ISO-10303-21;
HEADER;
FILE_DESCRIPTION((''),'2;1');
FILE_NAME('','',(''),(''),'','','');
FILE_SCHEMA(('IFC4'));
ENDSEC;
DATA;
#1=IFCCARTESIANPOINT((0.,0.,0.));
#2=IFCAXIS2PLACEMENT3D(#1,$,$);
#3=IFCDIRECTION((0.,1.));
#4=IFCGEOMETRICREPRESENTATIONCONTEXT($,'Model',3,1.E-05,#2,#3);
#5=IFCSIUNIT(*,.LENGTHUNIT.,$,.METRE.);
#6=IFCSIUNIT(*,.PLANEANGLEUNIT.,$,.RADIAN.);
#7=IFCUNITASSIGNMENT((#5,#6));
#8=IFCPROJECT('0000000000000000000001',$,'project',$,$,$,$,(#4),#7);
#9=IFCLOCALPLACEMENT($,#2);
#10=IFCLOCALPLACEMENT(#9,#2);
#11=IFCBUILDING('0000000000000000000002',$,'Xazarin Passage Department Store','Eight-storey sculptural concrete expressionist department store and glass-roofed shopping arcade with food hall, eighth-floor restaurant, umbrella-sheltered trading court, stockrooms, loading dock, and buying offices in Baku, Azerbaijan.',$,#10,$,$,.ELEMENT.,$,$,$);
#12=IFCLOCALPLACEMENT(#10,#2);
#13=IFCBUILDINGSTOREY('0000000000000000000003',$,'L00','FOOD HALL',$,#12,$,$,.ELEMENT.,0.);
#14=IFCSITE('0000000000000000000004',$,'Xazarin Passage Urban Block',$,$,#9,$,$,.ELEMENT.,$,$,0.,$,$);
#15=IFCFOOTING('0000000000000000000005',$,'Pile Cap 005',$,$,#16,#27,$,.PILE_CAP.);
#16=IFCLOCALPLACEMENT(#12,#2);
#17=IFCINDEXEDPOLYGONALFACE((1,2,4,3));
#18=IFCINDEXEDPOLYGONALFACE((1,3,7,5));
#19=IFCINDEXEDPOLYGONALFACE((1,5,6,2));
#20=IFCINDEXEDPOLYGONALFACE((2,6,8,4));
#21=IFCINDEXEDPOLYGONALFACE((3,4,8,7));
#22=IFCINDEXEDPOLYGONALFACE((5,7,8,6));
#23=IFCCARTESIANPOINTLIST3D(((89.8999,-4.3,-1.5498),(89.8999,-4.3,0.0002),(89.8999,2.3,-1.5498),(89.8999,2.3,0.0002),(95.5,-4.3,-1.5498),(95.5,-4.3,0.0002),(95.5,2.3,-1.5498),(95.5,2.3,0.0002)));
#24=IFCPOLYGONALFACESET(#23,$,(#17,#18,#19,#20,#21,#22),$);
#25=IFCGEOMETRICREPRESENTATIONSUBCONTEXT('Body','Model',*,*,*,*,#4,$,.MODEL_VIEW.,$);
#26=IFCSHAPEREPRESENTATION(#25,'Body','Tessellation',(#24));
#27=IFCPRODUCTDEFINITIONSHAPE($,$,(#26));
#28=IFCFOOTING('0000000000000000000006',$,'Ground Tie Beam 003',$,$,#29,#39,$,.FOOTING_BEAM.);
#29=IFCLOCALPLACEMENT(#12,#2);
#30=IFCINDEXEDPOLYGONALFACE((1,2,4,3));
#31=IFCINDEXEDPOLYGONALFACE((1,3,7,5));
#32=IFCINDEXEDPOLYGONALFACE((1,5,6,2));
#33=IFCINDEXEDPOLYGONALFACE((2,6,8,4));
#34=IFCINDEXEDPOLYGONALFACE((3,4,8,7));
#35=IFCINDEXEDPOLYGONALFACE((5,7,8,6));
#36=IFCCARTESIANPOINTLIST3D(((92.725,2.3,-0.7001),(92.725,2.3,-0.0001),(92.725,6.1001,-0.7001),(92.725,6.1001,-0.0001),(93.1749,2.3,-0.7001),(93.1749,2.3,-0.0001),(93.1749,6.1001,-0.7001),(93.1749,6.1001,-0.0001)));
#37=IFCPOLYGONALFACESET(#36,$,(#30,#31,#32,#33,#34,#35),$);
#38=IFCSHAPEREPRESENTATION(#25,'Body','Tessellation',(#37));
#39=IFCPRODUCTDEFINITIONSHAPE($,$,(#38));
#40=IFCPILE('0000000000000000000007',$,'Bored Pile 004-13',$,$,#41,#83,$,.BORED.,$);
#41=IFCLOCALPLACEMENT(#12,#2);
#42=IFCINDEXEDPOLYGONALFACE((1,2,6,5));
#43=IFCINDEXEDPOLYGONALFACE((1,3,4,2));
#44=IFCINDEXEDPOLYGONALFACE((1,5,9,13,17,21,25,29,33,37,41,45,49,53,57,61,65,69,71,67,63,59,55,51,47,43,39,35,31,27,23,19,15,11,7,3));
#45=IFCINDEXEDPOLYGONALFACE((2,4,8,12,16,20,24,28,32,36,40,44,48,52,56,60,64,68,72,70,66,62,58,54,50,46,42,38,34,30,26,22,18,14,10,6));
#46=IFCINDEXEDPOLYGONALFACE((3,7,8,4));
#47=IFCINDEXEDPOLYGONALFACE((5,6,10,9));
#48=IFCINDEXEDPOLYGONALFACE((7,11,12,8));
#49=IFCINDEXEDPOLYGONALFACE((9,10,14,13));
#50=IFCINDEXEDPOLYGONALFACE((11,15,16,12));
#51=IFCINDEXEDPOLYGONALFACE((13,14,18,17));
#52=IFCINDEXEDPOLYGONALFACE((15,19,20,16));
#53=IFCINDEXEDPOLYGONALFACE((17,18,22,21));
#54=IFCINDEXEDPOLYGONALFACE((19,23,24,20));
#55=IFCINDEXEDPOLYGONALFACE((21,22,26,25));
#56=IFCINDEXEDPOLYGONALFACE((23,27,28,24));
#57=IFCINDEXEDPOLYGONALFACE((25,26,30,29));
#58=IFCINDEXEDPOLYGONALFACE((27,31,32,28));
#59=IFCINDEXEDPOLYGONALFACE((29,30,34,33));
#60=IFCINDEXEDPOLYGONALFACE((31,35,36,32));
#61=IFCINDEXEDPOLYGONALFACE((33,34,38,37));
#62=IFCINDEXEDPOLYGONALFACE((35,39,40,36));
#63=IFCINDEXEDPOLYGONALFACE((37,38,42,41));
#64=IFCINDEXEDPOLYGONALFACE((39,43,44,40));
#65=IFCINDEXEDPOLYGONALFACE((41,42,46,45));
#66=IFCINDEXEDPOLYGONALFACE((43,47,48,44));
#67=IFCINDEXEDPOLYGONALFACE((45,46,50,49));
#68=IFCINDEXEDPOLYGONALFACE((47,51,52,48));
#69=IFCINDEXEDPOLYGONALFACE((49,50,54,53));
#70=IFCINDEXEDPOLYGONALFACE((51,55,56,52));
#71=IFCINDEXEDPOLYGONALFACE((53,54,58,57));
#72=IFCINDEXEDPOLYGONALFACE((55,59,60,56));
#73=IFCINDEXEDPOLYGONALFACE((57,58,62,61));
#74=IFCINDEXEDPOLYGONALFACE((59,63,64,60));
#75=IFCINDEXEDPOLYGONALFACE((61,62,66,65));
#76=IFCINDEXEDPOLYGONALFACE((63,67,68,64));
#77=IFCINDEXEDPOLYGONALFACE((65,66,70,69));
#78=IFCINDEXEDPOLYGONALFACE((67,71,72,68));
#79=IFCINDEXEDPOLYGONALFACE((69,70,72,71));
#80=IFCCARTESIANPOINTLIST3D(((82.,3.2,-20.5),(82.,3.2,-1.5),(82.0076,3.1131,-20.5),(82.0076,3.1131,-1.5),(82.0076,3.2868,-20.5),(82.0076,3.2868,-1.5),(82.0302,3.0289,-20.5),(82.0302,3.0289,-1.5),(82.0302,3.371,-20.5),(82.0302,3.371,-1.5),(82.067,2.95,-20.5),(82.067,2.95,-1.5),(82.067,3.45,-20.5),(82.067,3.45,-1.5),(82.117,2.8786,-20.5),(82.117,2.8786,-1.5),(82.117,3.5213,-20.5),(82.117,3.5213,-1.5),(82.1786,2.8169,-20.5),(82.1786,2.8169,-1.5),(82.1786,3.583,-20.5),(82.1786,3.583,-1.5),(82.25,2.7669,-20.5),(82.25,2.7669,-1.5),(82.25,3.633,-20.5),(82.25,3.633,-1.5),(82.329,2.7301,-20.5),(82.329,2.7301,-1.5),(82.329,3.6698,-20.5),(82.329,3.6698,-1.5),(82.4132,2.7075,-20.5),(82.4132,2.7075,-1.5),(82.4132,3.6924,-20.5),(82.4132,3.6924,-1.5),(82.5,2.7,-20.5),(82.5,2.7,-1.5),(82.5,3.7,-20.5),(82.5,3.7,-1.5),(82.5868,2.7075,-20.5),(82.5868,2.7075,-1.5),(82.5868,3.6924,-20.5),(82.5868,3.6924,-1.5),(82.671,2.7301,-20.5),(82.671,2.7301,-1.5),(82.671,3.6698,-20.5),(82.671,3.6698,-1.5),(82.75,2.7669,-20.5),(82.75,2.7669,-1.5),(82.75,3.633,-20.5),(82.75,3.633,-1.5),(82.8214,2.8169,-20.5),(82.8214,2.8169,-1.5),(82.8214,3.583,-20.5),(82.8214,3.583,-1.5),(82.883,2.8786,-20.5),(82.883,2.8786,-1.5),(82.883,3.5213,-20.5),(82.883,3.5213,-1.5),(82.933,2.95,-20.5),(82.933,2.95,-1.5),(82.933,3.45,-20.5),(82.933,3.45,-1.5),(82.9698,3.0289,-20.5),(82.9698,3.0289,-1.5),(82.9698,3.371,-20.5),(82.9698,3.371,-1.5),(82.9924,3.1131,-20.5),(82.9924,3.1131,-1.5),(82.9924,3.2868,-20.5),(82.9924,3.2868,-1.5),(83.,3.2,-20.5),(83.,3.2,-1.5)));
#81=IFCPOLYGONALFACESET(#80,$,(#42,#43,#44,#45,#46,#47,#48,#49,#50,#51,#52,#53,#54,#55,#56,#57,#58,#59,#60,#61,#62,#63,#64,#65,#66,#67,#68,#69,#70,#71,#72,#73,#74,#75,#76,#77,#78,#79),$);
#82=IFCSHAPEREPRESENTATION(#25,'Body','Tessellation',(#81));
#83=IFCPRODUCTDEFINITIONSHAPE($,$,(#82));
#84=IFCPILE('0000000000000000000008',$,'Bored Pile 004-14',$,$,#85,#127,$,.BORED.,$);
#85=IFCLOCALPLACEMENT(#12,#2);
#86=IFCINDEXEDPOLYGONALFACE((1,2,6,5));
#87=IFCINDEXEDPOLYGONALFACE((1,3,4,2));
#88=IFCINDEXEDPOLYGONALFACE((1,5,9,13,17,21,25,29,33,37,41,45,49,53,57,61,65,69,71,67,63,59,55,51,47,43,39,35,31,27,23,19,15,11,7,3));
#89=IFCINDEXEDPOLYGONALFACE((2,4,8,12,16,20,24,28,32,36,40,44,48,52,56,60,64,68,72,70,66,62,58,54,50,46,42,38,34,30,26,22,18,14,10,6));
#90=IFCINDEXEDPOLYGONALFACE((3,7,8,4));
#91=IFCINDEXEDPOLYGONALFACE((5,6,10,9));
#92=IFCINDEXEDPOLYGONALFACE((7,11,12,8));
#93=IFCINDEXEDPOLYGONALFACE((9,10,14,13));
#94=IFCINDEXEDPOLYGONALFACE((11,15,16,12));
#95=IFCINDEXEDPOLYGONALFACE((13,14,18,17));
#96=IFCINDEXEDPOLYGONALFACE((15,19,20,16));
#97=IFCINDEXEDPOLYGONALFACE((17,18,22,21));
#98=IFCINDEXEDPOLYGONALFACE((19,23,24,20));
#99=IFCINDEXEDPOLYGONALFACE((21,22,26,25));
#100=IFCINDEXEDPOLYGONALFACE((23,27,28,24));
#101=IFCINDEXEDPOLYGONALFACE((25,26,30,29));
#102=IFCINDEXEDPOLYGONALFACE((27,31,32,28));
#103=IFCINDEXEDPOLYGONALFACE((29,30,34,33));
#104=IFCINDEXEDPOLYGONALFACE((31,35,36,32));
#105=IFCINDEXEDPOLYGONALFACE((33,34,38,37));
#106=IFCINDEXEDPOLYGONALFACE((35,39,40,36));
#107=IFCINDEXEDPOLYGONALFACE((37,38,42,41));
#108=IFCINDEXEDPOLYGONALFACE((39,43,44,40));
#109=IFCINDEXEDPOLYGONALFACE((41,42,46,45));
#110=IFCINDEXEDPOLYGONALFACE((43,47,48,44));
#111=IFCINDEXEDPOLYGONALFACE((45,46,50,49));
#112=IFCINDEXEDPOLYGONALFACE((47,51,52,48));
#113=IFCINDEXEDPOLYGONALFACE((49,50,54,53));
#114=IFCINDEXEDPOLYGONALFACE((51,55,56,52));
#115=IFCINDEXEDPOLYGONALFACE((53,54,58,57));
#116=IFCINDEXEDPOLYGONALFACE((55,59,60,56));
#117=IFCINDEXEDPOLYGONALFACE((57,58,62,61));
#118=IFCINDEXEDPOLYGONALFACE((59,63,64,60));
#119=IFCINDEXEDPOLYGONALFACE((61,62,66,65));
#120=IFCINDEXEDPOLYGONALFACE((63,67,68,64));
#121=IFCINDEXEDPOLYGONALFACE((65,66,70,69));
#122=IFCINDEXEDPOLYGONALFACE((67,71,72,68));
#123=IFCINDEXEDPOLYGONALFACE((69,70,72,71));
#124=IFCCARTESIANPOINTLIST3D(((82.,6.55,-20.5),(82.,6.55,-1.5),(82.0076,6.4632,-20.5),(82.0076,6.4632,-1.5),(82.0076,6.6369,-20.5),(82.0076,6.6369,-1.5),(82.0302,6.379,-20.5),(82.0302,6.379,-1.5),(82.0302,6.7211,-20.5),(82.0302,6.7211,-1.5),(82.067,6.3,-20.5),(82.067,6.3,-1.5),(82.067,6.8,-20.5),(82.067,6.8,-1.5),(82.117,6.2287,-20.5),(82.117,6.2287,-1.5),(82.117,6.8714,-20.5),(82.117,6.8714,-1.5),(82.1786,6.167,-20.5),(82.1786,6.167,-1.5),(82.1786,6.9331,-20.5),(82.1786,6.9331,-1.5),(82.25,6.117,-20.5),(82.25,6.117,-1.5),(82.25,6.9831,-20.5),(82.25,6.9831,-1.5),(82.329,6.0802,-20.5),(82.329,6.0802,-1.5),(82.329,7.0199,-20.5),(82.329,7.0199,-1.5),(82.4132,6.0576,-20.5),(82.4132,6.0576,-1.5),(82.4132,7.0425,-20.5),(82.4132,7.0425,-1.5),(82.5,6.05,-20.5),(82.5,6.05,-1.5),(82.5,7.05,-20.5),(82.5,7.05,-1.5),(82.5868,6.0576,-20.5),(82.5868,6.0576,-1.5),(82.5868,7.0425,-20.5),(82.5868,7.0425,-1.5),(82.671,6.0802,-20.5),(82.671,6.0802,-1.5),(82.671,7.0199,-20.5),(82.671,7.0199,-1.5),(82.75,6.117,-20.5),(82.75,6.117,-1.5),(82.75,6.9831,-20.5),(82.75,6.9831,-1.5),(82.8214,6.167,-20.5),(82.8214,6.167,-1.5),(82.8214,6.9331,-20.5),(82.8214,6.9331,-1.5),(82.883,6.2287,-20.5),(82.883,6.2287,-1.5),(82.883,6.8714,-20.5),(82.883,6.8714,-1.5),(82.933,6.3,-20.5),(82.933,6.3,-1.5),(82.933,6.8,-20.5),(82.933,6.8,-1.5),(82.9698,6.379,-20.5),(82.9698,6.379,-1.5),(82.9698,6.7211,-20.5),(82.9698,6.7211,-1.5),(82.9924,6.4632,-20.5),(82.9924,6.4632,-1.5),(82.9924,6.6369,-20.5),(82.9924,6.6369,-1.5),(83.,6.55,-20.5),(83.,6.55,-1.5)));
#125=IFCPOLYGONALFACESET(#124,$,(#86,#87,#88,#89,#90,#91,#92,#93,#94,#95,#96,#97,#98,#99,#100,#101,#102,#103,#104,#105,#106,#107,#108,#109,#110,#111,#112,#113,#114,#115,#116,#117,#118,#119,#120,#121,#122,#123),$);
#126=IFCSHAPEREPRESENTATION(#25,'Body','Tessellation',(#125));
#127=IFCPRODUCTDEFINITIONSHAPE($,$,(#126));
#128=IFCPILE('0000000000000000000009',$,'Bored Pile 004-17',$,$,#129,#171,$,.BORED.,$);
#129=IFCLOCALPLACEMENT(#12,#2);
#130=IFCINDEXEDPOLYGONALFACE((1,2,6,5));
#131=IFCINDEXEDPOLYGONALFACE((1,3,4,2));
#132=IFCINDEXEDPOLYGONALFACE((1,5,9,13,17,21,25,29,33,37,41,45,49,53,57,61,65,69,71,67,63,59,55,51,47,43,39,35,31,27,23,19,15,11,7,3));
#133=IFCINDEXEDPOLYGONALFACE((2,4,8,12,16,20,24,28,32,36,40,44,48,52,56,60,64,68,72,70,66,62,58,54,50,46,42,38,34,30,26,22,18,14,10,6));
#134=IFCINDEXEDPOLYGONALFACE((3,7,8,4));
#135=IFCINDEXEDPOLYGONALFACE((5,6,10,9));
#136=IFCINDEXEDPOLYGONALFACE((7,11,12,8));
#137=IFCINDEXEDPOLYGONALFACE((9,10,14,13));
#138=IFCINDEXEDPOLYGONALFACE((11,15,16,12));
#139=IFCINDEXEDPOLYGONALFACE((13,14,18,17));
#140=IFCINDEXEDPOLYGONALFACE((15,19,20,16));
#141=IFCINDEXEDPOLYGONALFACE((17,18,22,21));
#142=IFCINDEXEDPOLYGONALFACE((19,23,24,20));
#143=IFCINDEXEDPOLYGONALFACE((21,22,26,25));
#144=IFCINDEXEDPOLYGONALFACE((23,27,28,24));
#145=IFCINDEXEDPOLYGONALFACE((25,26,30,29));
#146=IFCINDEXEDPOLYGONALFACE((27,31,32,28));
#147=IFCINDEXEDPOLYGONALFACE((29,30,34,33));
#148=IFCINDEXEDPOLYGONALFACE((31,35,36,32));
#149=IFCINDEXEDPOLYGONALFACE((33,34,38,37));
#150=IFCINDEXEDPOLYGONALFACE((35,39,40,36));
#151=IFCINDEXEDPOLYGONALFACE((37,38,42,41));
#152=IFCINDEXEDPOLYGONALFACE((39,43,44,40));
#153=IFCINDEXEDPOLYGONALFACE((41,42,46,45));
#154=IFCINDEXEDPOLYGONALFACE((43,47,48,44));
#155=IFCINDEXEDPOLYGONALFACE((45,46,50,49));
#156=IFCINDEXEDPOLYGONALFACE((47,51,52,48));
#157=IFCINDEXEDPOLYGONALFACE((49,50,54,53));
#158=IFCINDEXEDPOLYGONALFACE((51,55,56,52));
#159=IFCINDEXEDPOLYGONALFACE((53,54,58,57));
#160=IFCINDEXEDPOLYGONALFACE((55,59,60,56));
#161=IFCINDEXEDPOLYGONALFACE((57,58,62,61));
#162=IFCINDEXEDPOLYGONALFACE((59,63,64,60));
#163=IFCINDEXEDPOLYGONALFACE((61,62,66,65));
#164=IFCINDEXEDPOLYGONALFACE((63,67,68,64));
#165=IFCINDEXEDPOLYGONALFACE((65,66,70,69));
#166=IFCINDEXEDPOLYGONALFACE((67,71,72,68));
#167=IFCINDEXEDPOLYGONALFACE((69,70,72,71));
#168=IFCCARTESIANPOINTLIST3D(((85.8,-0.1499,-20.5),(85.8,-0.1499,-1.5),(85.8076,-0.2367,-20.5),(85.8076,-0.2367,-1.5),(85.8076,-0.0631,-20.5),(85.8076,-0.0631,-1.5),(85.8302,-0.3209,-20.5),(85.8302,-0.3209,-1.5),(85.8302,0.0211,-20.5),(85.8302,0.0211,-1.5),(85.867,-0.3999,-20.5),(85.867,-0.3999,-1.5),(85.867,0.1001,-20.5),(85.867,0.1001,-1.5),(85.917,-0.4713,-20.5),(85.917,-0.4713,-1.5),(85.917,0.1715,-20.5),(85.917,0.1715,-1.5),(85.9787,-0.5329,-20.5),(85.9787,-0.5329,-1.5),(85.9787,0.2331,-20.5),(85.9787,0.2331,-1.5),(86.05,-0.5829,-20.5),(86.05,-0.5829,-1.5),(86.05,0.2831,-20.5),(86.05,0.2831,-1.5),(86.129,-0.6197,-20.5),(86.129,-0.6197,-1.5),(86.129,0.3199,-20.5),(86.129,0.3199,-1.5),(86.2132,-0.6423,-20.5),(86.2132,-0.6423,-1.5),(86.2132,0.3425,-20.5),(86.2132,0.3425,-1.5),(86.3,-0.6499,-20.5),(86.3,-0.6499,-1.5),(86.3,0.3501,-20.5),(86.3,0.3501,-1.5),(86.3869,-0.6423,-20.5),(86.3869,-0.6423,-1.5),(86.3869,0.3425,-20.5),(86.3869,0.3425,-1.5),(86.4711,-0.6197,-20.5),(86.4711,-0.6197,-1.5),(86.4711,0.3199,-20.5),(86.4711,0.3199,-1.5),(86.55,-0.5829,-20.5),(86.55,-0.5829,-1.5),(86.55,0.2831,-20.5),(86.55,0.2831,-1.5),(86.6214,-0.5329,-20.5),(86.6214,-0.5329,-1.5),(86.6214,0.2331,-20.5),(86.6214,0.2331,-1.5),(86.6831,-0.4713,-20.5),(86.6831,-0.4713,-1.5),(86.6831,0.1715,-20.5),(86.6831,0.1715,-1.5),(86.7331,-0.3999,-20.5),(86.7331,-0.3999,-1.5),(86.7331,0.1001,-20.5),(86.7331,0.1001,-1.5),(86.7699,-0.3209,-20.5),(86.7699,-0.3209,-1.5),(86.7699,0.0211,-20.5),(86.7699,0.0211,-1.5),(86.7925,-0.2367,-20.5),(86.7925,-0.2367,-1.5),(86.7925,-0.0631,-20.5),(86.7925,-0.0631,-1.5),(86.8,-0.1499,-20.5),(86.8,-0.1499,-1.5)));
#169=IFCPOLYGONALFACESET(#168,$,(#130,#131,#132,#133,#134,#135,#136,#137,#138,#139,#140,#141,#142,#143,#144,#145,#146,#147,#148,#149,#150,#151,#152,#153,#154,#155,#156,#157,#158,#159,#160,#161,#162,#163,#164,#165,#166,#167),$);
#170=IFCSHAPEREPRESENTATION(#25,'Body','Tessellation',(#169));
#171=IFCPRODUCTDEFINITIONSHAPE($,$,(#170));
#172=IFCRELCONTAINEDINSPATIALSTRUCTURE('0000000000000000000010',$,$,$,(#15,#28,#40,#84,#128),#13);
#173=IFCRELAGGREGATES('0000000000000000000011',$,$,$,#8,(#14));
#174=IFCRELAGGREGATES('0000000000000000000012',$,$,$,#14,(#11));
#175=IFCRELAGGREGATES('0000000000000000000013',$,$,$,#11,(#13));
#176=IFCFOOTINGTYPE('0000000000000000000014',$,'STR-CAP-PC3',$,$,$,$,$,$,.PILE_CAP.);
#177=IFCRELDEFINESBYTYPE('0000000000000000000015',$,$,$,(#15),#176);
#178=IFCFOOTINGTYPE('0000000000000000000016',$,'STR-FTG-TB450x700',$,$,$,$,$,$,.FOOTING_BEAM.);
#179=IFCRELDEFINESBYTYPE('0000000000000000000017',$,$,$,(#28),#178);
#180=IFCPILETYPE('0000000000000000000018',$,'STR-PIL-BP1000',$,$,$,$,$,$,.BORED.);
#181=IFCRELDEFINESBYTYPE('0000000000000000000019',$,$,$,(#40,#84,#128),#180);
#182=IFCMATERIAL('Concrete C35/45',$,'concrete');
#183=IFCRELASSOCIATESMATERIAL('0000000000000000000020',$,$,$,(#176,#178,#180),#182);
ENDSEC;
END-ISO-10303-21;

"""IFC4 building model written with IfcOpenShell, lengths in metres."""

from ifc_helpers import new_model, si_unit, direction, frame, origin, origin_2d, place, context, subcontext, project, spatial, rectangle, circle, extrude, material, material_profile, profile_set, type_object, element, save


model = new_model("IFC4")

# Units and contexts
model_context = context("Model", 3, precision=1e-05, world=origin(), true_north=direction((0.0, 1.0)))
body_context = subcontext(model_context, "Body", "Model", "MODEL_VIEW")
ifc_project = project(units=[si_unit("LENGTHUNIT", "METRE"), si_unit("PLANEANGLEUNIT", "RADIAN")], contexts=[model_context])

# Site, building, storey
site_placement = place(None, origin())
site = spatial("IfcSite", under=ifc_project, at=site_placement, Name="Xazarin Passage Urban Block", CompositionType="ELEMENT", RefElevation=0.0)
building_placement = place(site_placement, origin())
building = spatial("IfcBuilding", under=site, at=building_placement, Name="Xazarin Passage Department Store", Description="Eight-storey sculptural concrete expressionist department store and glass-roofed shopping arcade with food hall, eighth-floor restaurant, umbrella-sheltered trading court, stockrooms, loading dock, and buying offices in Baku, Azerbaijan.", CompositionType="ELEMENT")
storey_placement = place(building_placement, origin())
storey = spatial("IfcBuildingStorey", under=building, at=storey_placement, Name="L00", Description="FOOD HALL", CompositionType="ELEMENT", Elevation=0.0)

# Footings
ifc_material_1 = material(Name="Concrete C35/45", Category="concrete")
footing_type_1 = type_object("IfcFootingType", Name="STR-CAP-PC3", PredefinedType="PILE_CAP", material=ifc_material_1)
footing_1_placement = place(storey_placement, frame((92.7, -1.0, -1.5498), z_axis=(0.0, 0.0, 1.0), x_axis=(0.0, 1.0, 0.0)))
element("IfcFooting", 1, at=footing_1_placement, inside=storey, type_object=footing_type_1, Name="Pile Cap 005", PredefinedType="PILE_CAP", context=body_context, shape_type="SweptSolid", body=[
    extrude(rectangle(XDim=6.6001, YDim=5.6001, at=origin_2d()), origin(), (0.0, 0.0, 1.0), 1.55),
])
ifc_material_profile_1 = material_profile(ifc_material_1, rectangle(XDim=0.45, YDim=0.7, at=origin_2d()), Name="RC 450x700")
ifc_profile_set_1 = profile_set([ifc_material_profile_1], Name="Concrete C35/45")
footing_type_2 = type_object("IfcFootingType", Name="STR-FTG-TB450x700", PredefinedType="FOOTING_BEAM", material=ifc_profile_set_1)
footing_2_placement = place(storey_placement, frame((92.95, 2.3, -0.3501), z_axis=(0.0, 1.0, 0.0), x_axis=(-1.0, 0.0, 0.0)))
element("IfcFooting", 2, at=footing_2_placement, inside=storey, type_object=footing_type_2, Name="Ground Tie Beam 003", PredefinedType="FOOTING_BEAM", context=body_context, shape_type="SweptSolid", body=[
    extrude(rectangle(XDim=0.45, YDim=0.7, at=origin_2d()), origin(), (0.0, 0.0, 1.0), 3.8),
])

# Piles
ifc_material_profile_2 = material_profile(ifc_material_1, circle(Radius=0.5, at=origin_2d()), Name="BP 1000")
ifc_profile_set_2 = profile_set([ifc_material_profile_2], Name="Concrete C35/45")
pile_type_1 = type_object("IfcPileType", Name="STR-PIL-BP1000", PredefinedType="BORED", material=ifc_profile_set_2)
for number, where, z_axis, x_axis, name in (
    (3, (82.5, 3.2, -1.5), (0.0, 0.0, -1.0), (1.0, 0.0, 0.0), "Bored Pile 004-13"),
    (4, (82.5, 6.55, -1.5), (0.0, 0.0, -1.0), (1.0, 0.0, 0.0), "Bored Pile 004-14"),
    (5, (86.3, -0.1499, -1.5), (0.0, 0.0, -1.0), (1.0, 0.0, 0.0), "Bored Pile 004-17"),
):
    element("IfcPile", number, at=place(storey_placement, frame(where, z_axis=z_axis, x_axis=x_axis)), inside=storey, type_object=pile_type_1, Name=name, PredefinedType="BORED", context=body_context, shape_type="SweptSolid", body=[
        extrude(circle(Radius=0.5, at=origin_2d()), origin(), (0.0, 0.0, 1.0), 19.0),
    ])

save(model, "model.ifc")
